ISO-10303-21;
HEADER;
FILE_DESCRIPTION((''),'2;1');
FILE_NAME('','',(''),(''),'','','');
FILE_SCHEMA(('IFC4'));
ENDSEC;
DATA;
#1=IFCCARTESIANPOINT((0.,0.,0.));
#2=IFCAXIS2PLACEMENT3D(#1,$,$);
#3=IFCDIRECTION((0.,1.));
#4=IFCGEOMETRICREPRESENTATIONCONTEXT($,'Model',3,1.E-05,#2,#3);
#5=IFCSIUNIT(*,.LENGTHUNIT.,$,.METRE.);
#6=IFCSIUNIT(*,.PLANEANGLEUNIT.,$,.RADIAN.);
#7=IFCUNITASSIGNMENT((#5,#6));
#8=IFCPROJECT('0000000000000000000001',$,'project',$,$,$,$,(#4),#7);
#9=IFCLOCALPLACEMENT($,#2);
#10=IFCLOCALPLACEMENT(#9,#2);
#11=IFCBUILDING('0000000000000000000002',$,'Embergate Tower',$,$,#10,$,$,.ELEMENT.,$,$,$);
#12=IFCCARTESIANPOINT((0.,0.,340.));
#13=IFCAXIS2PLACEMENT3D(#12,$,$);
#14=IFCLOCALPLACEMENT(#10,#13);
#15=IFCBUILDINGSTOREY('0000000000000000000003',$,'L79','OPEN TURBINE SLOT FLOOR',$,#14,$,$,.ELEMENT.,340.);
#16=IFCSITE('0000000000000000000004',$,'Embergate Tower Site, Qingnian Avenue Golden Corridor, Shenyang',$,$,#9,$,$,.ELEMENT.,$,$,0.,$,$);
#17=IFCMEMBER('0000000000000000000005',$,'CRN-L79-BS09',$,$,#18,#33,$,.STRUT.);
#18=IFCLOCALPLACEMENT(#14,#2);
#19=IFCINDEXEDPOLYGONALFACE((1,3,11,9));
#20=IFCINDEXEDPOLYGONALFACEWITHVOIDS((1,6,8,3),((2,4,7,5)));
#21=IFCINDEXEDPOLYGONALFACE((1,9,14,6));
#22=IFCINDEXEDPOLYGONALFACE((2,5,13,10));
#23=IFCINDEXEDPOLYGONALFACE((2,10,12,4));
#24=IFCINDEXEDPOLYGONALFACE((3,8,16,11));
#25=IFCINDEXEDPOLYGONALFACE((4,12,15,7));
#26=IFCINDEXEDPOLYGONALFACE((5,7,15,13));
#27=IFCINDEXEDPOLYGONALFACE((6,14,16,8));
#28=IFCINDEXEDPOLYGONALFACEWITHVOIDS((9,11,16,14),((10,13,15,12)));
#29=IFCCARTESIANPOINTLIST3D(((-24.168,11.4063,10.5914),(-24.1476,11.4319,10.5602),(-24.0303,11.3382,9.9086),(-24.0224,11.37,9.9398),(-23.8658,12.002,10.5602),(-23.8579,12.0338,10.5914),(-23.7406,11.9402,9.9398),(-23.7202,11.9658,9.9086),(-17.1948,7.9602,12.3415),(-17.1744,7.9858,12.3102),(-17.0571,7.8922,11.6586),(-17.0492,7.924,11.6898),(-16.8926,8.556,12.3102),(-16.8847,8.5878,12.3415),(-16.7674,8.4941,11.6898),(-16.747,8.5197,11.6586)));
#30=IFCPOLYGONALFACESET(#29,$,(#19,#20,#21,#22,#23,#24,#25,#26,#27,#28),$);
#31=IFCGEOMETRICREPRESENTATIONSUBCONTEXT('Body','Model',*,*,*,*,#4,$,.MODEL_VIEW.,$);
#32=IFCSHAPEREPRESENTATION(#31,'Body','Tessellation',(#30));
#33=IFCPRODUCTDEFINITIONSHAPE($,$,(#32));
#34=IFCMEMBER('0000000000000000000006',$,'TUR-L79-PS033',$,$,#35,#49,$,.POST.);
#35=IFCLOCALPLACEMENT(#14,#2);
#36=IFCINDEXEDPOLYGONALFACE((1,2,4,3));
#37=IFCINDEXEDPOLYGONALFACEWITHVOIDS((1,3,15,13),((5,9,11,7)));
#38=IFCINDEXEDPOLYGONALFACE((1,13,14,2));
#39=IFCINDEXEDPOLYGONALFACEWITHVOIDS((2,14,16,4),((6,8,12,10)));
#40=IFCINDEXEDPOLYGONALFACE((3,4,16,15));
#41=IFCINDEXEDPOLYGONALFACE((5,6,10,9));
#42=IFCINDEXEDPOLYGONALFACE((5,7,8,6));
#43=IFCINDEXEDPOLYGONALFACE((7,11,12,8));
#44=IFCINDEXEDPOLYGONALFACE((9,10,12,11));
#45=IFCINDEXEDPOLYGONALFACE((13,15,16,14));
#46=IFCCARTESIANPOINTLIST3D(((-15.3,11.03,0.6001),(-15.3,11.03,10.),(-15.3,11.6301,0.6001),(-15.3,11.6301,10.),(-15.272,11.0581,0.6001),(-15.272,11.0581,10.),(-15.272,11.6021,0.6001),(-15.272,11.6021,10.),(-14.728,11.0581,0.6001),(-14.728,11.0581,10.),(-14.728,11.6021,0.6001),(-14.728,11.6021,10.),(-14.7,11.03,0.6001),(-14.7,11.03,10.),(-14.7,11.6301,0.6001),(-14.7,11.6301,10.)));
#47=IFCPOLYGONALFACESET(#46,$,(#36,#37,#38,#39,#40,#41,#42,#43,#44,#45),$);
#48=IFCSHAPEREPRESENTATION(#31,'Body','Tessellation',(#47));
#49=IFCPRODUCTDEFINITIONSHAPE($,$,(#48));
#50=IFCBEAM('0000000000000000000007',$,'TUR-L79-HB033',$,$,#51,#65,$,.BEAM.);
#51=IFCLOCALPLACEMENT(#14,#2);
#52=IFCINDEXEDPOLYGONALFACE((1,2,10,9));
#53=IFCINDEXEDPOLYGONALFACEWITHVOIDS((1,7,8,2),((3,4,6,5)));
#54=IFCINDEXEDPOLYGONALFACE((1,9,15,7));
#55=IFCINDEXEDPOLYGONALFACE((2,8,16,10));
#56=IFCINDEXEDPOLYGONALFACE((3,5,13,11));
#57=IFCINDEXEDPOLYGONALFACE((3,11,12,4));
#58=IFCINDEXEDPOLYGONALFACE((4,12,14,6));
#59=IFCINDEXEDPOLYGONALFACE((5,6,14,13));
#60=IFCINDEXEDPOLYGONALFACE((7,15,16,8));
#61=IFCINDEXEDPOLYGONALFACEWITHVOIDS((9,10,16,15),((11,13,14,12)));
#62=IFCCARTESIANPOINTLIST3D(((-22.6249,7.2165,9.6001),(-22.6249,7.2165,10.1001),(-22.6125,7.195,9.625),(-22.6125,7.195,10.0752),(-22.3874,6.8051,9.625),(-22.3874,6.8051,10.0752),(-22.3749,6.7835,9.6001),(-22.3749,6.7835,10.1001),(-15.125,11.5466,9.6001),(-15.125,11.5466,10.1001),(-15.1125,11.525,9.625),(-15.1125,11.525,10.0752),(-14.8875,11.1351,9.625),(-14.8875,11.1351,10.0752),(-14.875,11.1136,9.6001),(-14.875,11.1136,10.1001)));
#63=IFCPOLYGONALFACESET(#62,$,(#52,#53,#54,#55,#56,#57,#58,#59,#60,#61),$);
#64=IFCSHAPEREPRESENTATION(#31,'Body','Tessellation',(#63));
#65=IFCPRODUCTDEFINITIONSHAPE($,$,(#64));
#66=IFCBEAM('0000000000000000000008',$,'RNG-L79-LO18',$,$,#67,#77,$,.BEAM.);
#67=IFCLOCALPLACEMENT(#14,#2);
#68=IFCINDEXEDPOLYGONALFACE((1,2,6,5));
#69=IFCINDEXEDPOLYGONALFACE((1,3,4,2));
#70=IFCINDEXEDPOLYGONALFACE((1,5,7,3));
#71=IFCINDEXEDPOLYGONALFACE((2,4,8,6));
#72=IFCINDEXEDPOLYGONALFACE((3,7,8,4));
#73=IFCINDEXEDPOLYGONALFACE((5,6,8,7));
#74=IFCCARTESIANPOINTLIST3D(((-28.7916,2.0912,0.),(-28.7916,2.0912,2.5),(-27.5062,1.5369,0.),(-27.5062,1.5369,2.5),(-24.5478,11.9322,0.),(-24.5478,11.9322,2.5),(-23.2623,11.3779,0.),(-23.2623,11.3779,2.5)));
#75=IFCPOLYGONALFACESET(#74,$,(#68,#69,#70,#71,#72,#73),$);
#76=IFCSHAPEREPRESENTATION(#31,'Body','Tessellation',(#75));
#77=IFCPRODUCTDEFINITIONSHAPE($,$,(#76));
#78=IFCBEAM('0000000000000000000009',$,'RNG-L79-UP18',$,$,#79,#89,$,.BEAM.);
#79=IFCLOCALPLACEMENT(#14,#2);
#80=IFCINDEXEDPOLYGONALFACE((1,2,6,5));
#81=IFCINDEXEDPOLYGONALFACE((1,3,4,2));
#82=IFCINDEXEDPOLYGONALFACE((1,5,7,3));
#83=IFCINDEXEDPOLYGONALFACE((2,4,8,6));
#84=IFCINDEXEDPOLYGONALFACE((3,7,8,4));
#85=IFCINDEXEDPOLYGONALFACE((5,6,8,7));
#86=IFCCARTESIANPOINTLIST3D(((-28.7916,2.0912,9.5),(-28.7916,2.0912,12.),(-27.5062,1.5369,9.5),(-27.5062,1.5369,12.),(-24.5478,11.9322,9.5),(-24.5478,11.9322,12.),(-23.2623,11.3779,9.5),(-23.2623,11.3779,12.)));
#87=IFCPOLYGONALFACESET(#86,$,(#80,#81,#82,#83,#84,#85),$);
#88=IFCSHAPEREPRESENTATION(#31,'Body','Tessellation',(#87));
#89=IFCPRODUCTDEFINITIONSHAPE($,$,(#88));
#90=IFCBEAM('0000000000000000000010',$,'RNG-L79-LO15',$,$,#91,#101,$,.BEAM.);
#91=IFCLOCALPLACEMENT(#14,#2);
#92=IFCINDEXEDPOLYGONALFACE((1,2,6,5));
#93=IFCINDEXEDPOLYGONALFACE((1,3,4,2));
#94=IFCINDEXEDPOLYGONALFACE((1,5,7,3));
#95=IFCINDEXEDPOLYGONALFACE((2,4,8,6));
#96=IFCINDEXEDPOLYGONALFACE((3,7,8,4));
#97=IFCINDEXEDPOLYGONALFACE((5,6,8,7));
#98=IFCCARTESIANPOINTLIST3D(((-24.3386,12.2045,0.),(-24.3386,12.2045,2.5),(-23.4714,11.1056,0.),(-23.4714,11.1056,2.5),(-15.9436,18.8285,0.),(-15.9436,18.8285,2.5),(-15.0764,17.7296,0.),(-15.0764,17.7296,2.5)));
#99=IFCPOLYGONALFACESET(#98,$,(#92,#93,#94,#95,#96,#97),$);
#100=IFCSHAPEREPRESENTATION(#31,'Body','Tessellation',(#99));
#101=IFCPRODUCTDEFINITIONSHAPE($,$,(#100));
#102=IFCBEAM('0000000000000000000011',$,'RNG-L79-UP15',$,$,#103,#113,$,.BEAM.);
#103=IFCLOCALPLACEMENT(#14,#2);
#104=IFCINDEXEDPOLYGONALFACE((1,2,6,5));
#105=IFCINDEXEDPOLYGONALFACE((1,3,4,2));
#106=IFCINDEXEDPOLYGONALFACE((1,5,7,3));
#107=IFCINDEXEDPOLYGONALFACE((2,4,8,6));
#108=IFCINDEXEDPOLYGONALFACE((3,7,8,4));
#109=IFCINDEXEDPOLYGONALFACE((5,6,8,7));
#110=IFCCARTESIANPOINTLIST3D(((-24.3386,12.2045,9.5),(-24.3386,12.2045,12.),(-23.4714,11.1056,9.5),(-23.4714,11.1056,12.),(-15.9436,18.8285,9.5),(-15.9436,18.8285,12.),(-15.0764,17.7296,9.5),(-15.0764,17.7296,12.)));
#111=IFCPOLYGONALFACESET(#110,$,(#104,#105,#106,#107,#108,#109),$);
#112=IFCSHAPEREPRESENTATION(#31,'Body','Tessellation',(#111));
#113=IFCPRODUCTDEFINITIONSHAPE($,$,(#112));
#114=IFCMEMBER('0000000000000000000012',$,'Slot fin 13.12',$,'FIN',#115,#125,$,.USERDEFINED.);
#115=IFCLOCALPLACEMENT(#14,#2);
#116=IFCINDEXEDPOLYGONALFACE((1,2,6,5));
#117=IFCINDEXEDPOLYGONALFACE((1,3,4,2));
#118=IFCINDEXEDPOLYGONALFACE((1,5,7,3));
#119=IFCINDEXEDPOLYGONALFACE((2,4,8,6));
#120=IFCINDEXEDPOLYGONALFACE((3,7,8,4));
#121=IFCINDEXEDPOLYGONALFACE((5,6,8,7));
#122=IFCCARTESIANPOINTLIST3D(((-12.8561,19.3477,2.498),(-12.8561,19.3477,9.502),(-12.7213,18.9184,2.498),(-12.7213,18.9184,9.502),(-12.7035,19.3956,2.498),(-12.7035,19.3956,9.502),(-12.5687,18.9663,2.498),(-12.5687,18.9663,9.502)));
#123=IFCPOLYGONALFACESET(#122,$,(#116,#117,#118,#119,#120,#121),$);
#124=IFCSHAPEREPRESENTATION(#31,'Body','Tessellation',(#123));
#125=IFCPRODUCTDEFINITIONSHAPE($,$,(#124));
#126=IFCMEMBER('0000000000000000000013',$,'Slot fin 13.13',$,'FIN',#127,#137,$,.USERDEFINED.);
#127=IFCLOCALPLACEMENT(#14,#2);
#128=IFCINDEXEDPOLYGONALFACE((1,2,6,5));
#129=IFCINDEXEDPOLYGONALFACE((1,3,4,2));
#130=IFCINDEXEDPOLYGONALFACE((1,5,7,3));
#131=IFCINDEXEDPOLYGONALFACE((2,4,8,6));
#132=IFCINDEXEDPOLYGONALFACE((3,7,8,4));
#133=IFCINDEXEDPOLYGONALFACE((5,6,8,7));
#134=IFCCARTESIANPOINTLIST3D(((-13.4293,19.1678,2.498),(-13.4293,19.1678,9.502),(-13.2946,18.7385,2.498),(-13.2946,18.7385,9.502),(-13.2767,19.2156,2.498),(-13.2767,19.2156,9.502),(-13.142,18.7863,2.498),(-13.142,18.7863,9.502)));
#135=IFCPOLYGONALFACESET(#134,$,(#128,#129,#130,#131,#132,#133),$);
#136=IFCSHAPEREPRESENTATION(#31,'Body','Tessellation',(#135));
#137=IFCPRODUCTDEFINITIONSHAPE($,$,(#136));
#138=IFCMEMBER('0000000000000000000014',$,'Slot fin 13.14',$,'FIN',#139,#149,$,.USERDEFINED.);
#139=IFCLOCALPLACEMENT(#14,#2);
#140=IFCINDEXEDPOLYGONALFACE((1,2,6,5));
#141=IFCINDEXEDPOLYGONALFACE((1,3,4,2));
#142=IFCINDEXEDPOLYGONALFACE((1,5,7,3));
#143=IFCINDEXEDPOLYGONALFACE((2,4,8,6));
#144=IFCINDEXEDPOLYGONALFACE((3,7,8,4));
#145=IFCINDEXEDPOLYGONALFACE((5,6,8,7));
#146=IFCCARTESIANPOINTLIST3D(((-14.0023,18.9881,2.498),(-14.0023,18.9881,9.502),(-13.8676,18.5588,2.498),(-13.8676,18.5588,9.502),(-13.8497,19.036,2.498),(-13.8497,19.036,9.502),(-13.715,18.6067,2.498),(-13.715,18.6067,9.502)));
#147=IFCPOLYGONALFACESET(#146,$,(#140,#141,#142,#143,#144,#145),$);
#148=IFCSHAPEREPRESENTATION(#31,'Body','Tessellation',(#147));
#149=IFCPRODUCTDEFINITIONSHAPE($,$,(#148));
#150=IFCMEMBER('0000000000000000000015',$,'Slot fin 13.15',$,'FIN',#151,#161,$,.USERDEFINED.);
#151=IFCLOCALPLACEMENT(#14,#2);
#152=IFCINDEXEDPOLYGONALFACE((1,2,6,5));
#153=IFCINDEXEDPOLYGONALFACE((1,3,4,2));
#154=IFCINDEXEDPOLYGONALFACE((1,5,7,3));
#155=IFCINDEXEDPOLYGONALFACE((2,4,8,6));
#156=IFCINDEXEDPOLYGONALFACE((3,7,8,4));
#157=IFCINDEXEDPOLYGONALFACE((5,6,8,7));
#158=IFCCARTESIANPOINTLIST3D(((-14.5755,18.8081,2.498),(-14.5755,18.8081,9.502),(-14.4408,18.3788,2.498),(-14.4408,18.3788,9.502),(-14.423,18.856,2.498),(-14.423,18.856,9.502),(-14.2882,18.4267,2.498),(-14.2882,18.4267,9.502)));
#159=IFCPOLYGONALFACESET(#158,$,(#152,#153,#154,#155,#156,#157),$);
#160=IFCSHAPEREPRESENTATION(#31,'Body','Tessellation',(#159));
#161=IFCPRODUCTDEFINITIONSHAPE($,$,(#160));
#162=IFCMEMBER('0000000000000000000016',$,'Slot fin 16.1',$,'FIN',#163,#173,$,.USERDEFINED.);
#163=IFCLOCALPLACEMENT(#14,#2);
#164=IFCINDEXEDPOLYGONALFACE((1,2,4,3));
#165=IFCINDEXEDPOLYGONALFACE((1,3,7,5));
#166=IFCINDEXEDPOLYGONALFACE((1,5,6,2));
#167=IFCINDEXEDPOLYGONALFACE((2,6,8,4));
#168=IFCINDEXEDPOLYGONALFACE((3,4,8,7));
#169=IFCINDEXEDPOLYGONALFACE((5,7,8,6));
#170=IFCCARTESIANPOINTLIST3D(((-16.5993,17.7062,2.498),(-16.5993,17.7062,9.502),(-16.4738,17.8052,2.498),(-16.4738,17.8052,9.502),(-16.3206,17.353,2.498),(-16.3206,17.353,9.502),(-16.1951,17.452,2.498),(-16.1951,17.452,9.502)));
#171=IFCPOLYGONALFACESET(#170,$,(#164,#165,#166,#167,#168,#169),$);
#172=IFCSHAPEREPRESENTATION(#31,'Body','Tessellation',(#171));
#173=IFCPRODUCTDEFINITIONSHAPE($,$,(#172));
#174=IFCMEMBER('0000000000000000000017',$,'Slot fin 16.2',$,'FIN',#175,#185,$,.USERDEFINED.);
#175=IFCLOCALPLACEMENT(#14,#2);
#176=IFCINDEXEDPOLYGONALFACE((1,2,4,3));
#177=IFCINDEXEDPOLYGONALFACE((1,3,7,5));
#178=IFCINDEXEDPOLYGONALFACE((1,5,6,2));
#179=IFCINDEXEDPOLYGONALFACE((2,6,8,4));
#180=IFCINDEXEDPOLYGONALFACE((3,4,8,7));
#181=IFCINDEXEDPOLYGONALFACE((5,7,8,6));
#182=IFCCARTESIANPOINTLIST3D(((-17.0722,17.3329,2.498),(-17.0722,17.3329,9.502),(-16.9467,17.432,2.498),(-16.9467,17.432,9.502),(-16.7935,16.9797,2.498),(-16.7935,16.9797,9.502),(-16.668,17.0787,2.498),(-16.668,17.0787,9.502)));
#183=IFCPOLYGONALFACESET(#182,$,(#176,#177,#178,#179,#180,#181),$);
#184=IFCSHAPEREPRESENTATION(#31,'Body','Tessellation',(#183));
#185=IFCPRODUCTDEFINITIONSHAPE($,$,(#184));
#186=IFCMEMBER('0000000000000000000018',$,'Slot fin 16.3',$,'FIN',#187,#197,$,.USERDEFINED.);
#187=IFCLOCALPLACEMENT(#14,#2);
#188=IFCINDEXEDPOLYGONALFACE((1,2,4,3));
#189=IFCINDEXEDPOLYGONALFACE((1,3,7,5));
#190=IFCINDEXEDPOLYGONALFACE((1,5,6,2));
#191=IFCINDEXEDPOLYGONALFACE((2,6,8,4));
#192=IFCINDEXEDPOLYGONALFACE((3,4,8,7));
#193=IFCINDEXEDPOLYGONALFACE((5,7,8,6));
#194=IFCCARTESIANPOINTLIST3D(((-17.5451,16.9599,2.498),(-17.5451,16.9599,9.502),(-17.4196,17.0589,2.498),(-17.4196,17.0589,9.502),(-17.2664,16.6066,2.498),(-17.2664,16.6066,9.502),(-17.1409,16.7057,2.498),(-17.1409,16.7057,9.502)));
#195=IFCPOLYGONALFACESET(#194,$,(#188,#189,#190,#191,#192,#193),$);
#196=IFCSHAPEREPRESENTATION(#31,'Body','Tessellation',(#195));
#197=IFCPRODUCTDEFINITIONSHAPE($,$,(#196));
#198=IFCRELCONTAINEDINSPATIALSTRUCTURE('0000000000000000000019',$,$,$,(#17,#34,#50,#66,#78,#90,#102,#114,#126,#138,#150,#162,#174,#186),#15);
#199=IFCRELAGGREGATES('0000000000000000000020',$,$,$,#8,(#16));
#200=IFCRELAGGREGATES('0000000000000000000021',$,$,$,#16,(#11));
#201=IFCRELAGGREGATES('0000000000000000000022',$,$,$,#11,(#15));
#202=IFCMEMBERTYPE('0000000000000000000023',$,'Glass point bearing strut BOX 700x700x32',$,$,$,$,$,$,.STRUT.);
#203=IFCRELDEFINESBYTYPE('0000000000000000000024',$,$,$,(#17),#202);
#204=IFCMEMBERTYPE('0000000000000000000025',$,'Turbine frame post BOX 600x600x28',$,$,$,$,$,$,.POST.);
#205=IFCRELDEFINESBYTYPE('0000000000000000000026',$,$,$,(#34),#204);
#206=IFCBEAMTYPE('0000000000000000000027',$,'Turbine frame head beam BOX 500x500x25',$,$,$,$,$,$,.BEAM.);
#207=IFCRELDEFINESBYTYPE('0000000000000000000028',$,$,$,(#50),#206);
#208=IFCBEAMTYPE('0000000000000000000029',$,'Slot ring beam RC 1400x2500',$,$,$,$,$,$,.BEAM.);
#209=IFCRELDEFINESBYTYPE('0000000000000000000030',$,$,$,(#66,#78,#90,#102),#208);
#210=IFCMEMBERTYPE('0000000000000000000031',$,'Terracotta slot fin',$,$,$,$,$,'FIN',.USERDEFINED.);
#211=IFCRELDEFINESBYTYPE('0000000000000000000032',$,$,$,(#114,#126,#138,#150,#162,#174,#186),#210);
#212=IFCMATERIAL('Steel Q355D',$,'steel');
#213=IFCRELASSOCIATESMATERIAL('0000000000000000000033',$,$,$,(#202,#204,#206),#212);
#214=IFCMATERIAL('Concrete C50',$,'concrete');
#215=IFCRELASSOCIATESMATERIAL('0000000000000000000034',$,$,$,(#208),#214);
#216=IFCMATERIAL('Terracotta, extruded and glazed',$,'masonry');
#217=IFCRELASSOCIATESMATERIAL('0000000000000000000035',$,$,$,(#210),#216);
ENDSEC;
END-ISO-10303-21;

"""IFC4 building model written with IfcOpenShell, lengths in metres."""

from ifc_helpers import new_model, si_unit, direction, frame, origin, origin_2d, place, context, subcontext, project, spatial, rectangle, hollow_rectangle, extrude, source, transform, mapped, material, material_profile, profile_set, type_object, element, save


model = new_model("IFC4")

# Units and contexts
model_context = context("Model", 3, precision=1e-05, world=origin(), true_north=direction((0.0, 1.0)))
body_context = subcontext(model_context, "Body", "Model", "MODEL_VIEW")
ifc_project = project(units=[si_unit("LENGTHUNIT", "METRE"), si_unit("PLANEANGLEUNIT", "RADIAN")], contexts=[model_context])

# Site, building, storey
site_placement = place(None, origin())
site = spatial("IfcSite", under=ifc_project, at=site_placement, Name="Embergate Tower Site, Qingnian Avenue Golden Corridor, Shenyang", CompositionType="ELEMENT", RefElevation=0.0)
building_placement = place(site_placement, origin())
building = spatial("IfcBuilding", under=site, at=building_placement, Name="Embergate Tower", CompositionType="ELEMENT")
storey_placement = place(building_placement, frame((0.0, 0.0, 340.0)))
storey = spatial("IfcBuildingStorey", under=building, at=storey_placement, Name="L79", Description="OPEN TURBINE SLOT FLOOR", CompositionType="ELEMENT", Elevation=340.0)

# Shared definitions
ifc_material_1 = material(Name="Concrete C50", Category="concrete")

# Members
ifc_material_2 = material(Name="Steel Q355D", Category="steel")
ifc_material_profile_1 = material_profile(ifc_material_2, hollow_rectangle(XDim=0.7, YDim=0.7, WallThickness=0.032, at=origin_2d()), Name="BOX 700x700x32")
ifc_profile_set_1 = profile_set([ifc_material_profile_1], Name="Steel Q355 grade D")
member_type_1 = type_object("IfcMemberType", Name="Glass point bearing strut BOX 700x700x32", PredefinedType="STRUT", material=ifc_profile_set_1)
shared_shape_1 = source(origin(), body_context, "Body", "SweptSolid", [
    extrude(hollow_rectangle(XDim=0.7, YDim=0.7, WallThickness=0.032, at=origin_2d()), origin(), (0.0, 0.0, 1.0), 7.9727),
])
member_1_placement = place(storey_placement, frame((-23.9441, 11.686, 10.25), z_axis=(0.874638, -0.432236, 0.219502), x_axis=(0.44304, 0.896502, 0.0)))
element("IfcMember", 1, at=member_1_placement, inside=storey, type_object=member_type_1, Name="CRN-L79-BS09", PredefinedType="STRUT", context=body_context, shape_type="MappedRepresentation", body=[
    mapped(shared_shape_1, transform((0.0, 0.0, 0.0))),
])
ifc_material_profile_2 = material_profile(ifc_material_2, hollow_rectangle(XDim=0.6001, YDim=0.6001, WallThickness=0.0281, at=origin_2d()), Name="BOX 600x600x28")
ifc_profile_set_2 = profile_set([ifc_material_profile_2], Name="Steel Q355 grade D")
member_type_2 = type_object("IfcMemberType", Name="Turbine frame post BOX 600x600x28", PredefinedType="POST", material=ifc_profile_set_2)
shared_shape_2 = source(origin(), body_context, "Body", "SweptSolid", [
    extrude(hollow_rectangle(XDim=0.6001, YDim=0.6001, WallThickness=0.0281, at=origin_2d()), origin(), (0.0, 0.0, 1.0), 9.3999),
])
member_2_placement = place(storey_placement, frame((-15.0, 11.3301, 0.6001), z_axis=(0.0, 0.0, 1.0), x_axis=(1.0, 0.0, 0.0)))
element("IfcMember", 2, at=member_2_placement, inside=storey, type_object=member_type_2, Name="TUR-L79-PS033", PredefinedType="POST", context=body_context, shape_type="MappedRepresentation", body=[
    mapped(shared_shape_2, transform((0.0, 0.0, 0.0))),
])

# Beams
ifc_material_profile_3 = material_profile(ifc_material_2, hollow_rectangle(XDim=0.5, YDim=0.5, WallThickness=0.0249, at=origin_2d()), Name="BOX 500x500x25")
ifc_profile_set_3 = profile_set([ifc_material_profile_3], Name="Steel Q355 grade D")
beam_type_1 = type_object("IfcBeamType", Name="Turbine frame head beam BOX 500x500x25", PredefinedType="BEAM", material=ifc_profile_set_3)
shared_shape_3 = source(origin(), body_context, "Body", "SweptSolid", [
    extrude(hollow_rectangle(XDim=0.5, YDim=0.5, WallThickness=0.0249, at=origin_2d()), origin(), (0.0, 0.0, 1.0), 8.6602),
])
beam_1_placement = place(storey_placement, frame((-15.0, 11.3301, 9.8501), z_axis=(-0.866028, -0.499996, 0.0), x_axis=(0.499996, -0.866028, 0.0)))
element("IfcBeam", 3, at=beam_1_placement, inside=storey, type_object=beam_type_1, Name="TUR-L79-HB033", PredefinedType="BEAM", context=body_context, shape_type="MappedRepresentation", body=[
    mapped(shared_shape_3, transform((0.0, 0.0, 0.0))),
])
ifc_material_profile_4 = material_profile(ifc_material_1, rectangle(XDim=1.3999, YDim=2.5, at=origin_2d()), Name="RC 1400x2500")
ifc_profile_set_4 = profile_set([ifc_material_profile_4], Name="Concrete C50")
beam_type_2 = type_object("IfcBeamType", Name="Slot ring beam RC 1400x2500", PredefinedType="BEAM", material=ifc_profile_set_4)
shared_shape_4 = source(origin(), body_context, "Body", "SweptSolid", [
    extrude(rectangle(XDim=1.3999, YDim=2.5, at=origin_2d()), origin(), (0.0, 0.0, 1.0), 10.717),
])
for number, where, z_axis, x_axis, name in (
    (4, (-23.905, 11.655, 1.25), (-0.395991, -0.918254, 0.0), (0.918254, -0.395991, 0.0), "RNG-L79-LO18"),
    (5, (-23.905, 11.655, 10.75), (-0.395991, -0.918254, 0.0), (0.918254, -0.395991, 0.0), "RNG-L79-UP18"),
):
    element("IfcBeam", number, at=place(storey_placement, frame(where, z_axis=z_axis, x_axis=x_axis)), inside=storey, type_object=beam_type_2, Name=name, PredefinedType="BEAM", context=body_context, shape_type="MappedRepresentation", body=[
        mapped(shared_shape_4, transform((0.0, 0.0, 0.0))),
    ])
shared_shape_5 = source(origin(), body_context, "Body", "SweptSolid", [
    extrude(rectangle(XDim=1.3999, YDim=2.5, at=origin_2d()), origin(), (0.0, 0.0, 1.0), 10.6936),
])
for number, where, z_axis, x_axis, name in (
    (6, (-15.51, 18.2791, 1.25), (-0.785048, -0.619436, 0.0), (0.619436, -0.785048, 0.0), "RNG-L79-LO15"),
    (7, (-15.51, 18.2791, 10.75), (-0.785048, -0.619436, 0.0), (0.619436, -0.785048, 0.0), "RNG-L79-UP15"),
):
    element("IfcBeam", number, at=place(storey_placement, frame(where, z_axis=z_axis, x_axis=x_axis)), inside=storey, type_object=beam_type_2, Name=name, PredefinedType="BEAM", context=body_context, shape_type="MappedRepresentation", body=[
        mapped(shared_shape_5, transform((0.0, 0.0, 0.0))),
    ])

# Members
ifc_material_3 = material(Name="Terracotta, extruded and glazed", Category="masonry")
ifc_material_profile_5 = material_profile(ifc_material_3, rectangle(XDim=0.45, YDim=0.1599, at=origin_2d()), Name="TC 450x160")
ifc_profile_set_5 = profile_set([ifc_material_profile_5], Name="Terracotta, extruded and glazed")
member_type_3 = type_object("IfcMemberType", Name="Terracotta slot fin", ElementType="FIN", PredefinedType="USERDEFINED", material=ifc_profile_set_5)
shared_shape_6 = source(origin(), body_context, "Body", "SweptSolid", [
    extrude(rectangle(XDim=0.45, YDim=0.1599, at=origin_2d()), origin(), (0.0, 0.0, 1.0), 7.0039),
])
for number, where, z_axis, x_axis, name in (
    (8, (-12.7124, 19.157, 2.498), (0.0, 0.0, 1.0), (0.299449, -0.954112, 0.0), "Slot fin 13.12"),
    (9, (-13.2856, 18.9771, 2.498), (0.0, 0.0, 1.0), (0.299449, -0.954112, 0.0), "Slot fin 13.13"),
    (10, (-13.8586, 18.7974, 2.498), (0.0, 0.0, 1.0), (0.299449, -0.954112, 0.0), "Slot fin 13.14"),
    (11, (-14.4319, 18.6174, 2.498), (0.0, 0.0, 1.0), (0.299449, -0.954112, 0.0), "Slot fin 13.15"),
    (12, (-16.3972, 17.5791, 2.498), (0.0, 0.0, 1.0), (0.619435, -0.785048, 0.0), "Slot fin 16.1"),
    (13, (-16.8701, 17.2058, 2.498), (0.0, 0.0, 1.0), (0.619435, -0.785048, 0.0), "Slot fin 16.2"),
    (14, (-17.343, 16.8328, 2.498), (0.0, 0.0, 1.0), (0.619435, -0.785048, 0.0), "Slot fin 16.3"),
):
    element("IfcMember", number, at=place(storey_placement, frame(where, z_axis=z_axis, x_axis=x_axis)), inside=storey, type_object=member_type_3, Name=name, ObjectType="FIN", PredefinedType="USERDEFINED", context=body_context, shape_type="MappedRepresentation", body=[
        mapped(shared_shape_6, transform((0.0, 0.0, 0.0))),
    ])

save(model, "model.ifc")
